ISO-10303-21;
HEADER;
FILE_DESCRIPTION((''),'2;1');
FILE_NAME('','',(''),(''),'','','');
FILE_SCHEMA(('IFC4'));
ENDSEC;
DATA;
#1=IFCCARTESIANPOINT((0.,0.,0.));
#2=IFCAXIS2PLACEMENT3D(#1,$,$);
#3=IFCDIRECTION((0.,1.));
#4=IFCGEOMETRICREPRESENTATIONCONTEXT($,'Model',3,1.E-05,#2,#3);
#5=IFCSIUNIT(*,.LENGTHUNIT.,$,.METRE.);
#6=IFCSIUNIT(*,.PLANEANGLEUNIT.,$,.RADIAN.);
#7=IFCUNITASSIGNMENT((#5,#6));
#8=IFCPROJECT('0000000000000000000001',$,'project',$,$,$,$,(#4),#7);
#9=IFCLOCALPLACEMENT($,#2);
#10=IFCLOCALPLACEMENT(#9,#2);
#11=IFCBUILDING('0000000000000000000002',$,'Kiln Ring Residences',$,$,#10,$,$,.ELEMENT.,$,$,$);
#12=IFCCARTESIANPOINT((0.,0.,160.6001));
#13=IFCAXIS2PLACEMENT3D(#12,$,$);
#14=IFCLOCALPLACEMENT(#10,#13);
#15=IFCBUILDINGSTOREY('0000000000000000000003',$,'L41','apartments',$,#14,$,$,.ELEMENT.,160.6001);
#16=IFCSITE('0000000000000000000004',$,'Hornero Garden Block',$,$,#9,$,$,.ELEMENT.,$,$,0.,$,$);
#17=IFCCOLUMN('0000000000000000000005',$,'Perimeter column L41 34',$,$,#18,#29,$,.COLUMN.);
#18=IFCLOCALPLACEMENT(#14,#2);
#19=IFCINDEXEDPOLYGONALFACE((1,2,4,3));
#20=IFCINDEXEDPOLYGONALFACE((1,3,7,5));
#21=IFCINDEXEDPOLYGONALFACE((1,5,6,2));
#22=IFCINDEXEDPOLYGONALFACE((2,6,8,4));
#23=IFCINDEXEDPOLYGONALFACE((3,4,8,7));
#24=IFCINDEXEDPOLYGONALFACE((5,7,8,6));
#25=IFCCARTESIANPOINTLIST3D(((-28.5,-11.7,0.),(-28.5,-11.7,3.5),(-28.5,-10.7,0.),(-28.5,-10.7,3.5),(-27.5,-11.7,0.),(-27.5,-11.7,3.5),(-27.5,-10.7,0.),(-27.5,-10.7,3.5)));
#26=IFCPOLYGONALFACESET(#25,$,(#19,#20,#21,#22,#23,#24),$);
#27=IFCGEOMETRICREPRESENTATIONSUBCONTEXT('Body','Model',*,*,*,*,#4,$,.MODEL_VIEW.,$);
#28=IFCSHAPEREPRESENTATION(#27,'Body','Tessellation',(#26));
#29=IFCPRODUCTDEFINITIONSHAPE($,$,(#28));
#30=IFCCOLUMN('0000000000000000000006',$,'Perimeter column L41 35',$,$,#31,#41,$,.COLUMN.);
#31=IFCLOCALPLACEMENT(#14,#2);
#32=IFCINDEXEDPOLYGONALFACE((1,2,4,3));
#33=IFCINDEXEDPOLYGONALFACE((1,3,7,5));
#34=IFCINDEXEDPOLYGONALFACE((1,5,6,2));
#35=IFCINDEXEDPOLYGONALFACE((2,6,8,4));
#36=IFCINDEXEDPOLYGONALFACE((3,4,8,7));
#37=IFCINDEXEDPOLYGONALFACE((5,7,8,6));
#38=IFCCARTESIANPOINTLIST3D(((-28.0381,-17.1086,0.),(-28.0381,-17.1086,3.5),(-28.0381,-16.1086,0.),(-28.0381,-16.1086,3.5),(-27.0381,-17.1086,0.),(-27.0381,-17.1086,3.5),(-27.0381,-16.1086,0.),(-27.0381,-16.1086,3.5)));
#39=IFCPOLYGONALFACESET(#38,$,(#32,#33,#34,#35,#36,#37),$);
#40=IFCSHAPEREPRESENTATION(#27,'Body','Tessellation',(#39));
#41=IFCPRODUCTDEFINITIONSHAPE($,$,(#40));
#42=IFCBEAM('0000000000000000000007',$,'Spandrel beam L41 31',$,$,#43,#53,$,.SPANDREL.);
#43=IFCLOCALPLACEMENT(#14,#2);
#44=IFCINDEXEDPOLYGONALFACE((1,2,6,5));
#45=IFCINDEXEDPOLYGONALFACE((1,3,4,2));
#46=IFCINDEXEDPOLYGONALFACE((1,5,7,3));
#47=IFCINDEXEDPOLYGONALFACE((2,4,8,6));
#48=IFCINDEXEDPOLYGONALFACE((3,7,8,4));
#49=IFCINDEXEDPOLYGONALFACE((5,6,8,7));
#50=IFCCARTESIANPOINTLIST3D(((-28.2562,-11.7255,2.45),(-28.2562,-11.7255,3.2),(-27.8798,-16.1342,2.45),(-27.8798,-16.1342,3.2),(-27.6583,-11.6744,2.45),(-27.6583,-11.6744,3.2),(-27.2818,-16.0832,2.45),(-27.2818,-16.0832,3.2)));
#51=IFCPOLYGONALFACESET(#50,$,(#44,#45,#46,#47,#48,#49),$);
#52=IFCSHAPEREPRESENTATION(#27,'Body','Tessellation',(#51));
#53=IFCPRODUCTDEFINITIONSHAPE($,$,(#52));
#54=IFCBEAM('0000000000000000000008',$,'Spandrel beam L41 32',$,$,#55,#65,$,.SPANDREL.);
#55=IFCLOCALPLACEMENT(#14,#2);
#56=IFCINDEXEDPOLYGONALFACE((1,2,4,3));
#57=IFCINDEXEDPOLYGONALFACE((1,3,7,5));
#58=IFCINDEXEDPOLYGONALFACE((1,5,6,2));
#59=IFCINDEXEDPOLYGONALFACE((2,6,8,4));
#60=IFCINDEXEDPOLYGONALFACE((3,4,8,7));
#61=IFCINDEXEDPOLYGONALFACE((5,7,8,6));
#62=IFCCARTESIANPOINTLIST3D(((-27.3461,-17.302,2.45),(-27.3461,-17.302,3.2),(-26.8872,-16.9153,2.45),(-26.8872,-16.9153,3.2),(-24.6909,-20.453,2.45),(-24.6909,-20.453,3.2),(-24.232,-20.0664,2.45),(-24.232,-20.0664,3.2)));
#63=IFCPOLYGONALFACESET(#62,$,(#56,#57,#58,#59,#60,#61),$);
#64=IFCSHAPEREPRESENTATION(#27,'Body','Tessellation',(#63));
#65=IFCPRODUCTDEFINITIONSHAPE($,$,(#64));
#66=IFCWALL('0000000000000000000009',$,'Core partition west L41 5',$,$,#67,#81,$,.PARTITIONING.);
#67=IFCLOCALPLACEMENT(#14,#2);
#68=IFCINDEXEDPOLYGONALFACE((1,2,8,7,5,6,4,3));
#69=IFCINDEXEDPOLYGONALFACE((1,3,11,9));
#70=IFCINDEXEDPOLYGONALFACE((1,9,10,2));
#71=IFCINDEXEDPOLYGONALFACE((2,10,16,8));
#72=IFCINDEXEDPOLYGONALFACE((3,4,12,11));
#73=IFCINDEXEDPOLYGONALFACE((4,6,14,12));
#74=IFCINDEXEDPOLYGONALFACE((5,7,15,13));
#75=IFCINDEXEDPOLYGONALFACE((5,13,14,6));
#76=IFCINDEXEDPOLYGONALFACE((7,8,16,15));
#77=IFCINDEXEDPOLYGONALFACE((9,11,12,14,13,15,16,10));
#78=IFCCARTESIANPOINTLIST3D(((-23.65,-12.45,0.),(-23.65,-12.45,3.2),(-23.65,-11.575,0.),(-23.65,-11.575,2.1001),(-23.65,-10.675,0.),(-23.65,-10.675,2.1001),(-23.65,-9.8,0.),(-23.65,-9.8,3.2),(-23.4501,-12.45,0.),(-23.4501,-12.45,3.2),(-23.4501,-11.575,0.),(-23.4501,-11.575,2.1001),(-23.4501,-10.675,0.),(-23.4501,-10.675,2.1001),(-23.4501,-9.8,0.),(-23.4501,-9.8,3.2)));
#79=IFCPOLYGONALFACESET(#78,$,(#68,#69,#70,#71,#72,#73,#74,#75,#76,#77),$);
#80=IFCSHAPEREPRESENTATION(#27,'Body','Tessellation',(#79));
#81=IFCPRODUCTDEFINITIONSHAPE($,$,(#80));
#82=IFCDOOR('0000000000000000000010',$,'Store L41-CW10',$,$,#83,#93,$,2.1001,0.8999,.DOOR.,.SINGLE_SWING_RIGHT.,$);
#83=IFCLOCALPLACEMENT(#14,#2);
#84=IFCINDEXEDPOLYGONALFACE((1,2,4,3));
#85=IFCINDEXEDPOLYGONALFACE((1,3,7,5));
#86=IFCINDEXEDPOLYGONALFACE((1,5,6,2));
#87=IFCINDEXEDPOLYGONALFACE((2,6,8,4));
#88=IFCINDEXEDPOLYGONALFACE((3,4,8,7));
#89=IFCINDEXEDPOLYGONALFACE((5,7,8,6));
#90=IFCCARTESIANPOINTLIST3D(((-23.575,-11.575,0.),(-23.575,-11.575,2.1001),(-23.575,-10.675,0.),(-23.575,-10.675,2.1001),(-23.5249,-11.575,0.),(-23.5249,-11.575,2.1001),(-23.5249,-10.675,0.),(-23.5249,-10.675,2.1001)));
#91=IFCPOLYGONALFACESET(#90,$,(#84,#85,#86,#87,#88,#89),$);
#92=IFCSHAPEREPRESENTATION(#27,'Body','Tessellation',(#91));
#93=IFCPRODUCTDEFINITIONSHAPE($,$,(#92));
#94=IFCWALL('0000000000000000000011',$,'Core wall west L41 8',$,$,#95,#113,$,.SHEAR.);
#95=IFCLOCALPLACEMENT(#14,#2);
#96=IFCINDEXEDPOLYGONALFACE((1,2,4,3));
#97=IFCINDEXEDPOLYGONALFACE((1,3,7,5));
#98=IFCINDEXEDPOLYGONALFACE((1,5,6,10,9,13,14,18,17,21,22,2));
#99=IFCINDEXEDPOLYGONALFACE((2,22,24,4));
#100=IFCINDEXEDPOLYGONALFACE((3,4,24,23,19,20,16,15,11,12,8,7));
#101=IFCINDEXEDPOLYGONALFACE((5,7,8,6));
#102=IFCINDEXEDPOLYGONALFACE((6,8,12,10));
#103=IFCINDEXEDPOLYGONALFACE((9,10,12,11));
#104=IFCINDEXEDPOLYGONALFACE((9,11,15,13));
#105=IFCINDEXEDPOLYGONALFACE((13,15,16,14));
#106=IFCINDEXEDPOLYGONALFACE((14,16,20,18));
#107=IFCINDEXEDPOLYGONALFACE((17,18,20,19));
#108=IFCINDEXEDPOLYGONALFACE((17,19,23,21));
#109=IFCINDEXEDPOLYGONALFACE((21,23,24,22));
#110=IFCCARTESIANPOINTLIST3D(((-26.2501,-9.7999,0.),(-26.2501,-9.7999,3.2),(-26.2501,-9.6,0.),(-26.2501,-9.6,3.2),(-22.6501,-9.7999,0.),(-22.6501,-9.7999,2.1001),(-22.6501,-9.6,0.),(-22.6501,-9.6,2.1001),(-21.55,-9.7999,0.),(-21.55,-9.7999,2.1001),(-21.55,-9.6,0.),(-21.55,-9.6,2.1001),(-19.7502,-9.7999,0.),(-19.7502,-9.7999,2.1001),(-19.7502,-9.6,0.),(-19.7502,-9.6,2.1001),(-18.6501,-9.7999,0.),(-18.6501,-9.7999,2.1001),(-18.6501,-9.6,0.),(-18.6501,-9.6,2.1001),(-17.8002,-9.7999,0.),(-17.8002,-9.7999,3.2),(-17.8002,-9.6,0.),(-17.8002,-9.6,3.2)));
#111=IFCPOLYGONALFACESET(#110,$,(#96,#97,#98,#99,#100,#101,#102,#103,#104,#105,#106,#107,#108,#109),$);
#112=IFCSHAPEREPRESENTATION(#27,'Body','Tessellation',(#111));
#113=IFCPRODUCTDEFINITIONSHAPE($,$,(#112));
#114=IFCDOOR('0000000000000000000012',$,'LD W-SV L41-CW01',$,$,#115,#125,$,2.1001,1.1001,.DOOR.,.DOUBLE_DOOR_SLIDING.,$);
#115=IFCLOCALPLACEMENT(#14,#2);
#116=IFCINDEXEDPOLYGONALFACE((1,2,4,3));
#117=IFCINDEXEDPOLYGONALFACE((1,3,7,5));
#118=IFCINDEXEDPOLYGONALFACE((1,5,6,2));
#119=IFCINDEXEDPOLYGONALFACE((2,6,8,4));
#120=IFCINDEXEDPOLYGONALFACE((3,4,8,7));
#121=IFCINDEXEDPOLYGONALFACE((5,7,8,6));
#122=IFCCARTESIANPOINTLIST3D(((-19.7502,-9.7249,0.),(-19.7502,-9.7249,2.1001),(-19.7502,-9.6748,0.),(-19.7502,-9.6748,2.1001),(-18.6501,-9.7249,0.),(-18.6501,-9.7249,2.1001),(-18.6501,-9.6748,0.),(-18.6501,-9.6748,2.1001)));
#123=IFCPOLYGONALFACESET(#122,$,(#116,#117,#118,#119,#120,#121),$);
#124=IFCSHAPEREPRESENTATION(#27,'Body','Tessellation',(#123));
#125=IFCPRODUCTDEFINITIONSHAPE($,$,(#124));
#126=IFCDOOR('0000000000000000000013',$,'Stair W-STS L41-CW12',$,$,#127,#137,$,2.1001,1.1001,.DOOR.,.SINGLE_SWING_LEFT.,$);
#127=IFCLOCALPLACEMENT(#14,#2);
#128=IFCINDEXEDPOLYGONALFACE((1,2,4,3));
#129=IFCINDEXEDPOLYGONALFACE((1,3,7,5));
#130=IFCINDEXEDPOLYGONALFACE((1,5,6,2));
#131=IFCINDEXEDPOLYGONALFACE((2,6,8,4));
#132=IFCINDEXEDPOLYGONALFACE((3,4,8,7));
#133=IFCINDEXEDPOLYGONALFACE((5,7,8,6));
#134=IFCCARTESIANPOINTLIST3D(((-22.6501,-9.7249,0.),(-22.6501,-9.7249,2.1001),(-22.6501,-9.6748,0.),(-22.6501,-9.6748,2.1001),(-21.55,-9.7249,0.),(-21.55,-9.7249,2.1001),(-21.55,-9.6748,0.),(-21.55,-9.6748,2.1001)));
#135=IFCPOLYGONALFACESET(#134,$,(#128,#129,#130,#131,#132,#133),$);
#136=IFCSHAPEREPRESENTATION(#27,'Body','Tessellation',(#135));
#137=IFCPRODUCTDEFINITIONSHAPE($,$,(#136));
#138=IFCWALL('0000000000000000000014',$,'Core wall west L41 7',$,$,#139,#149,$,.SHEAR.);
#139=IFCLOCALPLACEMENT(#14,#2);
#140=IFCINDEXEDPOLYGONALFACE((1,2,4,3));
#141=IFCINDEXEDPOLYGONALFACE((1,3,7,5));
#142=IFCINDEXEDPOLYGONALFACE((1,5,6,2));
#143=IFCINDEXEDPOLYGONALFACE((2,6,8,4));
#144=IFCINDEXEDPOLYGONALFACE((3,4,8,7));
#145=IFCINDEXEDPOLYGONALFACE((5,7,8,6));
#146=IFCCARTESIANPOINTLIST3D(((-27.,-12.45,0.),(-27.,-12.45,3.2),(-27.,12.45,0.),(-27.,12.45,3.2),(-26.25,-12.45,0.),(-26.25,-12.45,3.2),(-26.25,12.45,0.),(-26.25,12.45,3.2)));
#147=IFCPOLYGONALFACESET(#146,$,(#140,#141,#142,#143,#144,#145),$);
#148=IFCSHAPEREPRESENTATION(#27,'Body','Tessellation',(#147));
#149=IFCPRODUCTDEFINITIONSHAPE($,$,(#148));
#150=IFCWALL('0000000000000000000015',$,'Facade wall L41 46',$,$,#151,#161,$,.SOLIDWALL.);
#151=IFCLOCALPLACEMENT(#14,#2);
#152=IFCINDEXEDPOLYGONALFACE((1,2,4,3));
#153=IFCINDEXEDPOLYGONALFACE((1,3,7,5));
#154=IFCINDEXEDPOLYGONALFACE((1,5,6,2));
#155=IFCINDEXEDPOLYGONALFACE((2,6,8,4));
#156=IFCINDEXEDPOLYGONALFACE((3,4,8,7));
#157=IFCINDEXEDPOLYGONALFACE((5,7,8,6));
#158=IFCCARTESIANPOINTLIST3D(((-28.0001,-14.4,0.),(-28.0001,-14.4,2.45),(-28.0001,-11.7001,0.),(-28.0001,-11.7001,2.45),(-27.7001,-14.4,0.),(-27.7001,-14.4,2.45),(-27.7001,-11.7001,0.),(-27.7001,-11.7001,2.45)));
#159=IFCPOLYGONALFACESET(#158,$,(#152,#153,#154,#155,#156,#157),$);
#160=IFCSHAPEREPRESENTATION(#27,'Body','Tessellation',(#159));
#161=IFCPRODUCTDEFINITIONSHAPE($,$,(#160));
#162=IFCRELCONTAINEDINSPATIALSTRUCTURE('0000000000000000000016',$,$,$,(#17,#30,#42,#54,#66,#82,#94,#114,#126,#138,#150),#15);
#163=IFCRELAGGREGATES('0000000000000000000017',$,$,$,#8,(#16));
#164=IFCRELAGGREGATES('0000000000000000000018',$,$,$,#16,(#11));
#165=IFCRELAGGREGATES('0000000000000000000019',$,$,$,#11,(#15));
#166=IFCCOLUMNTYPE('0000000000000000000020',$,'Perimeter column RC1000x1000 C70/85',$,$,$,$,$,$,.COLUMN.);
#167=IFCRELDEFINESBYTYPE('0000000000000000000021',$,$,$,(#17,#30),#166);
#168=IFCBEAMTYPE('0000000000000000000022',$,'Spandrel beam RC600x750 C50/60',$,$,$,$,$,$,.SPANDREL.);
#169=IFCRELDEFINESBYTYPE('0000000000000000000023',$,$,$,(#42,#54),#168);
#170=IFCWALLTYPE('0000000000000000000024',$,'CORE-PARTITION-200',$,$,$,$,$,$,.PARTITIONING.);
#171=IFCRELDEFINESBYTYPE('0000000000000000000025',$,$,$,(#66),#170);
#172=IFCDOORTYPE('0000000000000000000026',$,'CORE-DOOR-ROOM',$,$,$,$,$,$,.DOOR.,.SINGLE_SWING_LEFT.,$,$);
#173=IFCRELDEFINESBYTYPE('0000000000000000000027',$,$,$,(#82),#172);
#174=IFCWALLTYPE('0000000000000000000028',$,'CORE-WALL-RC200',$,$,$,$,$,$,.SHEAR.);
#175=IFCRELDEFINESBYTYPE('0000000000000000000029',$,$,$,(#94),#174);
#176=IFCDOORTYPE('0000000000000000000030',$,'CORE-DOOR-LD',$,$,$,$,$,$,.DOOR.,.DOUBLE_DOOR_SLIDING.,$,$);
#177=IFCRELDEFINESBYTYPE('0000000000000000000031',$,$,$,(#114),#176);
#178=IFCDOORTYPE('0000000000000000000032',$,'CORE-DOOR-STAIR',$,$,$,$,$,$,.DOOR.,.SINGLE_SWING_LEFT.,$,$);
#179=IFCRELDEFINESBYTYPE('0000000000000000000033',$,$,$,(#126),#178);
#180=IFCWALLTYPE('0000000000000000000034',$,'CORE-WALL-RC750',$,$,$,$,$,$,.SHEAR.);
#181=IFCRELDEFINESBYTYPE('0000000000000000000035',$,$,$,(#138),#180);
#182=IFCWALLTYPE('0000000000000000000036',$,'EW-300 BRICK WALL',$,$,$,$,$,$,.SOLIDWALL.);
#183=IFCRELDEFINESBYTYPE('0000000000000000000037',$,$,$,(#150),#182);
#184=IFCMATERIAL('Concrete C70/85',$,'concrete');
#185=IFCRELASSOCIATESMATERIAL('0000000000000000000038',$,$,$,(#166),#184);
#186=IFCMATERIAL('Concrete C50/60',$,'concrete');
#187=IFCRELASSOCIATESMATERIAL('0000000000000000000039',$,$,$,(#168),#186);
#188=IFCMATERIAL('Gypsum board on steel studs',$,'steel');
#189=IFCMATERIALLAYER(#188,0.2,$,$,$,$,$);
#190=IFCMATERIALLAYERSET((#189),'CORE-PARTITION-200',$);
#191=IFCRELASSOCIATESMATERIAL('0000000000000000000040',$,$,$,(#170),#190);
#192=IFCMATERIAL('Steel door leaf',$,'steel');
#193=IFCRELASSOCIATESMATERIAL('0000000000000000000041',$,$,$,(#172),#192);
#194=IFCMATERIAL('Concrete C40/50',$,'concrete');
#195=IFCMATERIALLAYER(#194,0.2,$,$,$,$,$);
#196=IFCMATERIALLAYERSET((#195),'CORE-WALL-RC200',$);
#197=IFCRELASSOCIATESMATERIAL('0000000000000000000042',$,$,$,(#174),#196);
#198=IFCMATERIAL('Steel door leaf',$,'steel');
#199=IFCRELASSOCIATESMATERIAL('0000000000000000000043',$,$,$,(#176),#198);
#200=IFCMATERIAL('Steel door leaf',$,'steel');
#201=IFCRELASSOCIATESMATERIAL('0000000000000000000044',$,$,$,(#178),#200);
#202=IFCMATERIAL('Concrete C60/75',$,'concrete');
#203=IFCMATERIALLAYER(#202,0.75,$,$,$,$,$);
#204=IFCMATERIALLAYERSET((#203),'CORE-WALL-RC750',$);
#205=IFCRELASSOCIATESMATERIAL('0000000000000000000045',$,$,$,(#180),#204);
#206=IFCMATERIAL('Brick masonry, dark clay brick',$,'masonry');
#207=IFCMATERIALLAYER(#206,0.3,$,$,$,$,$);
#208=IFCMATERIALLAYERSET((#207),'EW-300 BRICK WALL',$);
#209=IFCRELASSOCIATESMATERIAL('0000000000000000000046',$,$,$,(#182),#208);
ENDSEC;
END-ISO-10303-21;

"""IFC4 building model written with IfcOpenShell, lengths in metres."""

from ifc_helpers import new_model, si_unit, direction, frame, frame_2d, origin, origin_2d, place, context, subcontext, project, spatial, rectangle, extrude, material, layer, layer_set, material_profile, profile_set, type_object, element, fill, save


model = new_model("IFC4")

# Units and contexts
model_context = context("Model", 3, precision=1e-05, world=origin(), true_north=direction((0.0, 1.0)))
body_context = subcontext(model_context, "Body", "Model", "MODEL_VIEW")
ifc_project = project(units=[si_unit("LENGTHUNIT", "METRE"), si_unit("PLANEANGLEUNIT", "RADIAN")], contexts=[model_context])

# Site, building, storey
site_placement = place(None, origin())
site = spatial("IfcSite", under=ifc_project, at=site_placement, Name="Hornero Garden Block", CompositionType="ELEMENT", RefElevation=0.0)
building_placement = place(site_placement, origin())
building = spatial("IfcBuilding", under=site, at=building_placement, Name="Kiln Ring Residences", CompositionType="ELEMENT")
storey_placement = place(building_placement, frame((0.0, 0.0, 160.6001)))
storey = spatial("IfcBuildingStorey", under=building, at=storey_placement, Name="L41", Description="apartments", CompositionType="ELEMENT", Elevation=160.6001)

# Columns
ifc_material_1 = material(Name="Concrete C70/85", Category="concrete")
ifc_material_profile_1 = material_profile(ifc_material_1, rectangle(XDim=1.0, YDim=1.0, at=origin_2d()), Name="RC1000x1000")
ifc_profile_set_1 = profile_set([ifc_material_profile_1], Name="Concrete C70/85")
column_type = type_object("IfcColumnType", Name="Perimeter column RC1000x1000 C70/85", PredefinedType="COLUMN", material=ifc_profile_set_1)
for number, where, z_axis, x_axis, name in (
    (1, (-28.0, -11.2, 0.0), (0.0, 0.0, 1.0), (1.0, 0.0, 0.0), "Perimeter column L41 34"),
    (2, (-27.5381, -16.6086, 0.0), (0.0, 0.0, 1.0), (1.0, 0.0, 0.0), "Perimeter column L41 35"),
):
    element("IfcColumn", number, at=place(storey_placement, frame(where, z_axis=z_axis, x_axis=x_axis)), inside=storey, type_object=column_type, Name=name, PredefinedType="COLUMN", context=body_context, shape_type="SweptSolid", body=[
        extrude(rectangle(XDim=1.0, YDim=1.0, at=origin_2d()), origin(), (0.0, 0.0, 1.0), 3.5),
    ])

# Beams
ifc_material_2 = material(Name="Concrete C50/60", Category="concrete")
ifc_material_profile_2 = material_profile(ifc_material_2, rectangle(XDim=0.6001, YDim=0.75, at=origin_2d()), Name="RC600x750")
ifc_profile_set_2 = profile_set([ifc_material_profile_2], Name="Concrete C50/60")
beam_type = type_object("IfcBeamType", Name="Spandrel beam RC600x750 C50/60", PredefinedType="SPANDREL", material=ifc_profile_set_2)
beam_1_placement = place(storey_placement, frame((-27.9573, -11.7, 2.825), z_axis=(0.085082, -0.996374, 0.0), x_axis=(0.996374, 0.085082, 0.0)))
element("IfcBeam", 3, at=beam_1_placement, inside=storey, type_object=beam_type, Name="Spandrel beam L41 31", PredefinedType="SPANDREL", context=body_context, shape_type="SweptSolid", body=[
    extrude(rectangle(XDim=0.6001, YDim=0.75, at=origin_2d()), origin(), (0.0, 0.0, 1.0), 4.4248),
])
beam_2_placement = place(storey_placement, frame((-27.1167, -17.1086, 2.825), z_axis=(0.644377, -0.764708, 0.0), x_axis=(0.764708, 0.644377, 0.0)))
element("IfcBeam", 4, at=beam_2_placement, inside=storey, type_object=beam_type, Name="Spandrel beam L41 32", PredefinedType="SPANDREL", context=body_context, shape_type="SweptSolid", body=[
    extrude(rectangle(XDim=0.6001, YDim=0.75, at=origin_2d()), origin(), (0.0, 0.0, 1.0), 4.1206),
])

# Wall, opening, door
ifc_material_3 = material(Name="Gypsum board on steel studs", Category="steel")
ifc_layer_1 = layer(ifc_material_3, 0.2)
ifc_layer_set_1 = layer_set([ifc_layer_1], Name="CORE-PARTITION-200")
wall_type_1 = type_object("IfcWallType", Name="CORE-PARTITION-200", PredefinedType="PARTITIONING", material=ifc_layer_set_1)
wall_1_placement = place(storey_placement, frame((-23.55, -12.45, 0.0), z_axis=(0.0, 0.0, 1.0), x_axis=(0.0, 1.0, 0.0)))
wall_1 = element("IfcWall", 5, at=wall_1_placement, inside=storey, type_object=wall_type_1, Name="Core partition west L41 5", PredefinedType="PARTITIONING", context=body_context, shape_type="SweptSolid", body=[
    extrude(rectangle(XDim=2.6499, YDim=0.2, at=frame_2d((1.325, 0.0))), origin(), (0.0, 0.0, 1.0), 3.2),
])
opening_1_placement = place(wall_1_placement, frame((0.875, 0.0, 0.0)))
opening_1 = element("IfcOpeningElement", 6, at=opening_1_placement, cuts=wall_1, PredefinedType="OPENING", context=body_context, shape_type="SweptSolid", body=[
    extrude(rectangle(XDim=0.8999, YDim=2.1001, at=frame_2d((0.45, 1.05))), frame((0.0, 0.1099, 0.0), z_axis=(0.0, -1.0, 0.0), x_axis=(1.0, 0.0, 0.0)), (0.0, 0.0, 1.0), 0.22),
])
ifc_material_4 = material(Name="Steel door leaf", Category="steel")
door_type_1 = type_object("IfcDoorType", Name="CORE-DOOR-ROOM", OperationType="SINGLE_SWING_LEFT", PredefinedType="DOOR", material=ifc_material_4)
door_1_placement = place(opening_1_placement, origin())
door_1 = element("IfcDoor", 7, at=door_1_placement, inside=storey, type_object=door_type_1, Name="Store L41-CW10", OperationType="SINGLE_SWING_RIGHT", OverallHeight=2.1001, OverallWidth=0.8999, PredefinedType="DOOR", context=body_context, shape_type="SweptSolid", body=[
    extrude(rectangle(XDim=0.8999, YDim=2.1001, at=frame_2d((0.45, 1.05))), frame((0.0, 0.0249, 0.0), z_axis=(0.0, -1.0, 0.0), x_axis=(1.0, 0.0, 0.0)), (0.0, 0.0, 1.0), 0.05),
])
fill(opening_1, door_1)

# Wall, openings, doors
ifc_material_5 = material(Name="Concrete C40/50", Category="concrete")
ifc_layer_2 = layer(ifc_material_5, 0.2)
ifc_layer_set_2 = layer_set([ifc_layer_2], Name="CORE-WALL-RC200")
wall_type_2 = type_object("IfcWallType", Name="CORE-WALL-RC200", PredefinedType="SHEAR", material=ifc_layer_set_2)
wall_2_placement = place(storey_placement, frame((-17.8, -9.7, 0.0), z_axis=(0.0, 0.0, 1.0), x_axis=(-1.0, 0.0, 0.0)))
wall_2 = element("IfcWall", 8, at=wall_2_placement, inside=storey, type_object=wall_type_2, Name="Core wall west L41 8", PredefinedType="SHEAR", context=body_context, shape_type="SweptSolid", body=[
    extrude(rectangle(XDim=8.45, YDim=0.2, at=frame_2d((4.2251, 0.0))), origin(), (0.0, 0.0, 1.0), 3.2),
])
opening_2_placement = place(wall_2_placement, frame((0.8501, 0.0, 0.0)))
opening_2 = element("IfcOpeningElement", 9, at=opening_2_placement, cuts=wall_2, PredefinedType="OPENING", context=body_context, shape_type="SweptSolid", body=[
    extrude(rectangle(XDim=1.1001, YDim=2.1001, at=frame_2d((0.55, 1.05))), frame((0.0, 0.1099, 0.0), z_axis=(0.0, -1.0, 0.0), x_axis=(1.0, 0.0, 0.0)), (0.0, 0.0, 1.0), 0.22),
])
opening_3_placement = place(wall_2_placement, frame((3.75, 0.0, 0.0)))
opening_3 = element("IfcOpeningElement", 10, at=opening_3_placement, cuts=wall_2, PredefinedType="OPENING", context=body_context, shape_type="SweptSolid", body=[
    extrude(rectangle(XDim=1.1001, YDim=2.1001, at=frame_2d((0.55, 1.05))), frame((0.0, 0.1099, 0.0), z_axis=(0.0, -1.0, 0.0), x_axis=(1.0, 0.0, 0.0)), (0.0, 0.0, 1.0), 0.22),
])
ifc_material_6 = material(Name="Steel door leaf", Category="steel")
door_type_2 = type_object("IfcDoorType", Name="CORE-DOOR-LD", OperationType="DOUBLE_DOOR_SLIDING", PredefinedType="DOOR", material=ifc_material_6)
door_2_placement = place(opening_2_placement, origin())
door_2 = element("IfcDoor", 11, at=door_2_placement, inside=storey, type_object=door_type_2, Name="LD W-SV L41-CW01", OperationType="DOUBLE_DOOR_SLIDING", OverallHeight=2.1001, OverallWidth=1.1001, PredefinedType="DOOR", context=body_context, shape_type="SweptSolid", body=[
    extrude(rectangle(XDim=1.1001, YDim=2.1001, at=frame_2d((0.55, 1.05))), frame((0.0, 0.0249, 0.0), z_axis=(0.0, -1.0, 0.0), x_axis=(1.0, 0.0, 0.0)), (0.0, 0.0, 1.0), 0.05),
])
fill(opening_2, door_2)
ifc_material_7 = material(Name="Steel door leaf", Category="steel")
door_type_3 = type_object("IfcDoorType", Name="CORE-DOOR-STAIR", OperationType="SINGLE_SWING_LEFT", PredefinedType="DOOR", material=ifc_material_7)
door_3_placement = place(opening_3_placement, origin())
door_3 = element("IfcDoor", 12, at=door_3_placement, inside=storey, type_object=door_type_3, Name="Stair W-STS L41-CW12", OperationType="SINGLE_SWING_LEFT", OverallHeight=2.1001, OverallWidth=1.1001, PredefinedType="DOOR", context=body_context, shape_type="SweptSolid", body=[
    extrude(rectangle(XDim=1.1001, YDim=2.1001, at=frame_2d((0.55, 1.05))), frame((0.0, 0.0249, 0.0), z_axis=(0.0, -1.0, 0.0), x_axis=(1.0, 0.0, 0.0)), (0.0, 0.0, 1.0), 0.05),
])
fill(opening_3, door_3)

# Walls
ifc_material_8 = material(Name="Concrete C60/75", Category="concrete")
ifc_layer_3 = layer(ifc_material_8, 0.75)
ifc_layer_set_3 = layer_set([ifc_layer_3], Name="CORE-WALL-RC750")
wall_type_3 = type_object("IfcWallType", Name="CORE-WALL-RC750", PredefinedType="SHEAR", material=ifc_layer_set_3)
wall_3_placement = place(storey_placement, frame((-26.625, -12.45, 0.0), z_axis=(0.0, 0.0, 1.0), x_axis=(0.0, 1.0, 0.0)))
element("IfcWall", 13, at=wall_3_placement, inside=storey, type_object=wall_type_3, Name="Core wall west L41 7", PredefinedType="SHEAR", context=body_context, shape_type="SweptSolid", body=[
    extrude(rectangle(XDim=24.8999, YDim=0.75, at=frame_2d((12.45, 0.0))), origin(), (0.0, 0.0, 1.0), 3.2),
])
ifc_material_9 = material(Name="Brick masonry, dark clay brick", Category="masonry")
ifc_layer_4 = layer(ifc_material_9, 0.3)
ifc_layer_set_4 = layer_set([ifc_layer_4], Name="EW-300 BRICK WALL")
wall_type_4 = type_object("IfcWallType", Name="EW-300 BRICK WALL", PredefinedType="SOLIDWALL", material=ifc_layer_set_4)
wall_4_placement = place(storey_placement, frame((-27.8501, -11.7, 0.0), z_axis=(0.0, 0.0, 1.0), x_axis=(0.0, -1.0, 0.0)))
element("IfcWall", 14, at=wall_4_placement, inside=storey, type_object=wall_type_4, Name="Facade wall L41 46", PredefinedType="SOLIDWALL", context=body_context, shape_type="SweptSolid", body=[
    extrude(rectangle(XDim=2.7, YDim=0.3, at=frame_2d((1.3501, 0.0))), origin(), (0.0, 0.0, 1.0), 2.45),
])

save(model, "model.ifc")
